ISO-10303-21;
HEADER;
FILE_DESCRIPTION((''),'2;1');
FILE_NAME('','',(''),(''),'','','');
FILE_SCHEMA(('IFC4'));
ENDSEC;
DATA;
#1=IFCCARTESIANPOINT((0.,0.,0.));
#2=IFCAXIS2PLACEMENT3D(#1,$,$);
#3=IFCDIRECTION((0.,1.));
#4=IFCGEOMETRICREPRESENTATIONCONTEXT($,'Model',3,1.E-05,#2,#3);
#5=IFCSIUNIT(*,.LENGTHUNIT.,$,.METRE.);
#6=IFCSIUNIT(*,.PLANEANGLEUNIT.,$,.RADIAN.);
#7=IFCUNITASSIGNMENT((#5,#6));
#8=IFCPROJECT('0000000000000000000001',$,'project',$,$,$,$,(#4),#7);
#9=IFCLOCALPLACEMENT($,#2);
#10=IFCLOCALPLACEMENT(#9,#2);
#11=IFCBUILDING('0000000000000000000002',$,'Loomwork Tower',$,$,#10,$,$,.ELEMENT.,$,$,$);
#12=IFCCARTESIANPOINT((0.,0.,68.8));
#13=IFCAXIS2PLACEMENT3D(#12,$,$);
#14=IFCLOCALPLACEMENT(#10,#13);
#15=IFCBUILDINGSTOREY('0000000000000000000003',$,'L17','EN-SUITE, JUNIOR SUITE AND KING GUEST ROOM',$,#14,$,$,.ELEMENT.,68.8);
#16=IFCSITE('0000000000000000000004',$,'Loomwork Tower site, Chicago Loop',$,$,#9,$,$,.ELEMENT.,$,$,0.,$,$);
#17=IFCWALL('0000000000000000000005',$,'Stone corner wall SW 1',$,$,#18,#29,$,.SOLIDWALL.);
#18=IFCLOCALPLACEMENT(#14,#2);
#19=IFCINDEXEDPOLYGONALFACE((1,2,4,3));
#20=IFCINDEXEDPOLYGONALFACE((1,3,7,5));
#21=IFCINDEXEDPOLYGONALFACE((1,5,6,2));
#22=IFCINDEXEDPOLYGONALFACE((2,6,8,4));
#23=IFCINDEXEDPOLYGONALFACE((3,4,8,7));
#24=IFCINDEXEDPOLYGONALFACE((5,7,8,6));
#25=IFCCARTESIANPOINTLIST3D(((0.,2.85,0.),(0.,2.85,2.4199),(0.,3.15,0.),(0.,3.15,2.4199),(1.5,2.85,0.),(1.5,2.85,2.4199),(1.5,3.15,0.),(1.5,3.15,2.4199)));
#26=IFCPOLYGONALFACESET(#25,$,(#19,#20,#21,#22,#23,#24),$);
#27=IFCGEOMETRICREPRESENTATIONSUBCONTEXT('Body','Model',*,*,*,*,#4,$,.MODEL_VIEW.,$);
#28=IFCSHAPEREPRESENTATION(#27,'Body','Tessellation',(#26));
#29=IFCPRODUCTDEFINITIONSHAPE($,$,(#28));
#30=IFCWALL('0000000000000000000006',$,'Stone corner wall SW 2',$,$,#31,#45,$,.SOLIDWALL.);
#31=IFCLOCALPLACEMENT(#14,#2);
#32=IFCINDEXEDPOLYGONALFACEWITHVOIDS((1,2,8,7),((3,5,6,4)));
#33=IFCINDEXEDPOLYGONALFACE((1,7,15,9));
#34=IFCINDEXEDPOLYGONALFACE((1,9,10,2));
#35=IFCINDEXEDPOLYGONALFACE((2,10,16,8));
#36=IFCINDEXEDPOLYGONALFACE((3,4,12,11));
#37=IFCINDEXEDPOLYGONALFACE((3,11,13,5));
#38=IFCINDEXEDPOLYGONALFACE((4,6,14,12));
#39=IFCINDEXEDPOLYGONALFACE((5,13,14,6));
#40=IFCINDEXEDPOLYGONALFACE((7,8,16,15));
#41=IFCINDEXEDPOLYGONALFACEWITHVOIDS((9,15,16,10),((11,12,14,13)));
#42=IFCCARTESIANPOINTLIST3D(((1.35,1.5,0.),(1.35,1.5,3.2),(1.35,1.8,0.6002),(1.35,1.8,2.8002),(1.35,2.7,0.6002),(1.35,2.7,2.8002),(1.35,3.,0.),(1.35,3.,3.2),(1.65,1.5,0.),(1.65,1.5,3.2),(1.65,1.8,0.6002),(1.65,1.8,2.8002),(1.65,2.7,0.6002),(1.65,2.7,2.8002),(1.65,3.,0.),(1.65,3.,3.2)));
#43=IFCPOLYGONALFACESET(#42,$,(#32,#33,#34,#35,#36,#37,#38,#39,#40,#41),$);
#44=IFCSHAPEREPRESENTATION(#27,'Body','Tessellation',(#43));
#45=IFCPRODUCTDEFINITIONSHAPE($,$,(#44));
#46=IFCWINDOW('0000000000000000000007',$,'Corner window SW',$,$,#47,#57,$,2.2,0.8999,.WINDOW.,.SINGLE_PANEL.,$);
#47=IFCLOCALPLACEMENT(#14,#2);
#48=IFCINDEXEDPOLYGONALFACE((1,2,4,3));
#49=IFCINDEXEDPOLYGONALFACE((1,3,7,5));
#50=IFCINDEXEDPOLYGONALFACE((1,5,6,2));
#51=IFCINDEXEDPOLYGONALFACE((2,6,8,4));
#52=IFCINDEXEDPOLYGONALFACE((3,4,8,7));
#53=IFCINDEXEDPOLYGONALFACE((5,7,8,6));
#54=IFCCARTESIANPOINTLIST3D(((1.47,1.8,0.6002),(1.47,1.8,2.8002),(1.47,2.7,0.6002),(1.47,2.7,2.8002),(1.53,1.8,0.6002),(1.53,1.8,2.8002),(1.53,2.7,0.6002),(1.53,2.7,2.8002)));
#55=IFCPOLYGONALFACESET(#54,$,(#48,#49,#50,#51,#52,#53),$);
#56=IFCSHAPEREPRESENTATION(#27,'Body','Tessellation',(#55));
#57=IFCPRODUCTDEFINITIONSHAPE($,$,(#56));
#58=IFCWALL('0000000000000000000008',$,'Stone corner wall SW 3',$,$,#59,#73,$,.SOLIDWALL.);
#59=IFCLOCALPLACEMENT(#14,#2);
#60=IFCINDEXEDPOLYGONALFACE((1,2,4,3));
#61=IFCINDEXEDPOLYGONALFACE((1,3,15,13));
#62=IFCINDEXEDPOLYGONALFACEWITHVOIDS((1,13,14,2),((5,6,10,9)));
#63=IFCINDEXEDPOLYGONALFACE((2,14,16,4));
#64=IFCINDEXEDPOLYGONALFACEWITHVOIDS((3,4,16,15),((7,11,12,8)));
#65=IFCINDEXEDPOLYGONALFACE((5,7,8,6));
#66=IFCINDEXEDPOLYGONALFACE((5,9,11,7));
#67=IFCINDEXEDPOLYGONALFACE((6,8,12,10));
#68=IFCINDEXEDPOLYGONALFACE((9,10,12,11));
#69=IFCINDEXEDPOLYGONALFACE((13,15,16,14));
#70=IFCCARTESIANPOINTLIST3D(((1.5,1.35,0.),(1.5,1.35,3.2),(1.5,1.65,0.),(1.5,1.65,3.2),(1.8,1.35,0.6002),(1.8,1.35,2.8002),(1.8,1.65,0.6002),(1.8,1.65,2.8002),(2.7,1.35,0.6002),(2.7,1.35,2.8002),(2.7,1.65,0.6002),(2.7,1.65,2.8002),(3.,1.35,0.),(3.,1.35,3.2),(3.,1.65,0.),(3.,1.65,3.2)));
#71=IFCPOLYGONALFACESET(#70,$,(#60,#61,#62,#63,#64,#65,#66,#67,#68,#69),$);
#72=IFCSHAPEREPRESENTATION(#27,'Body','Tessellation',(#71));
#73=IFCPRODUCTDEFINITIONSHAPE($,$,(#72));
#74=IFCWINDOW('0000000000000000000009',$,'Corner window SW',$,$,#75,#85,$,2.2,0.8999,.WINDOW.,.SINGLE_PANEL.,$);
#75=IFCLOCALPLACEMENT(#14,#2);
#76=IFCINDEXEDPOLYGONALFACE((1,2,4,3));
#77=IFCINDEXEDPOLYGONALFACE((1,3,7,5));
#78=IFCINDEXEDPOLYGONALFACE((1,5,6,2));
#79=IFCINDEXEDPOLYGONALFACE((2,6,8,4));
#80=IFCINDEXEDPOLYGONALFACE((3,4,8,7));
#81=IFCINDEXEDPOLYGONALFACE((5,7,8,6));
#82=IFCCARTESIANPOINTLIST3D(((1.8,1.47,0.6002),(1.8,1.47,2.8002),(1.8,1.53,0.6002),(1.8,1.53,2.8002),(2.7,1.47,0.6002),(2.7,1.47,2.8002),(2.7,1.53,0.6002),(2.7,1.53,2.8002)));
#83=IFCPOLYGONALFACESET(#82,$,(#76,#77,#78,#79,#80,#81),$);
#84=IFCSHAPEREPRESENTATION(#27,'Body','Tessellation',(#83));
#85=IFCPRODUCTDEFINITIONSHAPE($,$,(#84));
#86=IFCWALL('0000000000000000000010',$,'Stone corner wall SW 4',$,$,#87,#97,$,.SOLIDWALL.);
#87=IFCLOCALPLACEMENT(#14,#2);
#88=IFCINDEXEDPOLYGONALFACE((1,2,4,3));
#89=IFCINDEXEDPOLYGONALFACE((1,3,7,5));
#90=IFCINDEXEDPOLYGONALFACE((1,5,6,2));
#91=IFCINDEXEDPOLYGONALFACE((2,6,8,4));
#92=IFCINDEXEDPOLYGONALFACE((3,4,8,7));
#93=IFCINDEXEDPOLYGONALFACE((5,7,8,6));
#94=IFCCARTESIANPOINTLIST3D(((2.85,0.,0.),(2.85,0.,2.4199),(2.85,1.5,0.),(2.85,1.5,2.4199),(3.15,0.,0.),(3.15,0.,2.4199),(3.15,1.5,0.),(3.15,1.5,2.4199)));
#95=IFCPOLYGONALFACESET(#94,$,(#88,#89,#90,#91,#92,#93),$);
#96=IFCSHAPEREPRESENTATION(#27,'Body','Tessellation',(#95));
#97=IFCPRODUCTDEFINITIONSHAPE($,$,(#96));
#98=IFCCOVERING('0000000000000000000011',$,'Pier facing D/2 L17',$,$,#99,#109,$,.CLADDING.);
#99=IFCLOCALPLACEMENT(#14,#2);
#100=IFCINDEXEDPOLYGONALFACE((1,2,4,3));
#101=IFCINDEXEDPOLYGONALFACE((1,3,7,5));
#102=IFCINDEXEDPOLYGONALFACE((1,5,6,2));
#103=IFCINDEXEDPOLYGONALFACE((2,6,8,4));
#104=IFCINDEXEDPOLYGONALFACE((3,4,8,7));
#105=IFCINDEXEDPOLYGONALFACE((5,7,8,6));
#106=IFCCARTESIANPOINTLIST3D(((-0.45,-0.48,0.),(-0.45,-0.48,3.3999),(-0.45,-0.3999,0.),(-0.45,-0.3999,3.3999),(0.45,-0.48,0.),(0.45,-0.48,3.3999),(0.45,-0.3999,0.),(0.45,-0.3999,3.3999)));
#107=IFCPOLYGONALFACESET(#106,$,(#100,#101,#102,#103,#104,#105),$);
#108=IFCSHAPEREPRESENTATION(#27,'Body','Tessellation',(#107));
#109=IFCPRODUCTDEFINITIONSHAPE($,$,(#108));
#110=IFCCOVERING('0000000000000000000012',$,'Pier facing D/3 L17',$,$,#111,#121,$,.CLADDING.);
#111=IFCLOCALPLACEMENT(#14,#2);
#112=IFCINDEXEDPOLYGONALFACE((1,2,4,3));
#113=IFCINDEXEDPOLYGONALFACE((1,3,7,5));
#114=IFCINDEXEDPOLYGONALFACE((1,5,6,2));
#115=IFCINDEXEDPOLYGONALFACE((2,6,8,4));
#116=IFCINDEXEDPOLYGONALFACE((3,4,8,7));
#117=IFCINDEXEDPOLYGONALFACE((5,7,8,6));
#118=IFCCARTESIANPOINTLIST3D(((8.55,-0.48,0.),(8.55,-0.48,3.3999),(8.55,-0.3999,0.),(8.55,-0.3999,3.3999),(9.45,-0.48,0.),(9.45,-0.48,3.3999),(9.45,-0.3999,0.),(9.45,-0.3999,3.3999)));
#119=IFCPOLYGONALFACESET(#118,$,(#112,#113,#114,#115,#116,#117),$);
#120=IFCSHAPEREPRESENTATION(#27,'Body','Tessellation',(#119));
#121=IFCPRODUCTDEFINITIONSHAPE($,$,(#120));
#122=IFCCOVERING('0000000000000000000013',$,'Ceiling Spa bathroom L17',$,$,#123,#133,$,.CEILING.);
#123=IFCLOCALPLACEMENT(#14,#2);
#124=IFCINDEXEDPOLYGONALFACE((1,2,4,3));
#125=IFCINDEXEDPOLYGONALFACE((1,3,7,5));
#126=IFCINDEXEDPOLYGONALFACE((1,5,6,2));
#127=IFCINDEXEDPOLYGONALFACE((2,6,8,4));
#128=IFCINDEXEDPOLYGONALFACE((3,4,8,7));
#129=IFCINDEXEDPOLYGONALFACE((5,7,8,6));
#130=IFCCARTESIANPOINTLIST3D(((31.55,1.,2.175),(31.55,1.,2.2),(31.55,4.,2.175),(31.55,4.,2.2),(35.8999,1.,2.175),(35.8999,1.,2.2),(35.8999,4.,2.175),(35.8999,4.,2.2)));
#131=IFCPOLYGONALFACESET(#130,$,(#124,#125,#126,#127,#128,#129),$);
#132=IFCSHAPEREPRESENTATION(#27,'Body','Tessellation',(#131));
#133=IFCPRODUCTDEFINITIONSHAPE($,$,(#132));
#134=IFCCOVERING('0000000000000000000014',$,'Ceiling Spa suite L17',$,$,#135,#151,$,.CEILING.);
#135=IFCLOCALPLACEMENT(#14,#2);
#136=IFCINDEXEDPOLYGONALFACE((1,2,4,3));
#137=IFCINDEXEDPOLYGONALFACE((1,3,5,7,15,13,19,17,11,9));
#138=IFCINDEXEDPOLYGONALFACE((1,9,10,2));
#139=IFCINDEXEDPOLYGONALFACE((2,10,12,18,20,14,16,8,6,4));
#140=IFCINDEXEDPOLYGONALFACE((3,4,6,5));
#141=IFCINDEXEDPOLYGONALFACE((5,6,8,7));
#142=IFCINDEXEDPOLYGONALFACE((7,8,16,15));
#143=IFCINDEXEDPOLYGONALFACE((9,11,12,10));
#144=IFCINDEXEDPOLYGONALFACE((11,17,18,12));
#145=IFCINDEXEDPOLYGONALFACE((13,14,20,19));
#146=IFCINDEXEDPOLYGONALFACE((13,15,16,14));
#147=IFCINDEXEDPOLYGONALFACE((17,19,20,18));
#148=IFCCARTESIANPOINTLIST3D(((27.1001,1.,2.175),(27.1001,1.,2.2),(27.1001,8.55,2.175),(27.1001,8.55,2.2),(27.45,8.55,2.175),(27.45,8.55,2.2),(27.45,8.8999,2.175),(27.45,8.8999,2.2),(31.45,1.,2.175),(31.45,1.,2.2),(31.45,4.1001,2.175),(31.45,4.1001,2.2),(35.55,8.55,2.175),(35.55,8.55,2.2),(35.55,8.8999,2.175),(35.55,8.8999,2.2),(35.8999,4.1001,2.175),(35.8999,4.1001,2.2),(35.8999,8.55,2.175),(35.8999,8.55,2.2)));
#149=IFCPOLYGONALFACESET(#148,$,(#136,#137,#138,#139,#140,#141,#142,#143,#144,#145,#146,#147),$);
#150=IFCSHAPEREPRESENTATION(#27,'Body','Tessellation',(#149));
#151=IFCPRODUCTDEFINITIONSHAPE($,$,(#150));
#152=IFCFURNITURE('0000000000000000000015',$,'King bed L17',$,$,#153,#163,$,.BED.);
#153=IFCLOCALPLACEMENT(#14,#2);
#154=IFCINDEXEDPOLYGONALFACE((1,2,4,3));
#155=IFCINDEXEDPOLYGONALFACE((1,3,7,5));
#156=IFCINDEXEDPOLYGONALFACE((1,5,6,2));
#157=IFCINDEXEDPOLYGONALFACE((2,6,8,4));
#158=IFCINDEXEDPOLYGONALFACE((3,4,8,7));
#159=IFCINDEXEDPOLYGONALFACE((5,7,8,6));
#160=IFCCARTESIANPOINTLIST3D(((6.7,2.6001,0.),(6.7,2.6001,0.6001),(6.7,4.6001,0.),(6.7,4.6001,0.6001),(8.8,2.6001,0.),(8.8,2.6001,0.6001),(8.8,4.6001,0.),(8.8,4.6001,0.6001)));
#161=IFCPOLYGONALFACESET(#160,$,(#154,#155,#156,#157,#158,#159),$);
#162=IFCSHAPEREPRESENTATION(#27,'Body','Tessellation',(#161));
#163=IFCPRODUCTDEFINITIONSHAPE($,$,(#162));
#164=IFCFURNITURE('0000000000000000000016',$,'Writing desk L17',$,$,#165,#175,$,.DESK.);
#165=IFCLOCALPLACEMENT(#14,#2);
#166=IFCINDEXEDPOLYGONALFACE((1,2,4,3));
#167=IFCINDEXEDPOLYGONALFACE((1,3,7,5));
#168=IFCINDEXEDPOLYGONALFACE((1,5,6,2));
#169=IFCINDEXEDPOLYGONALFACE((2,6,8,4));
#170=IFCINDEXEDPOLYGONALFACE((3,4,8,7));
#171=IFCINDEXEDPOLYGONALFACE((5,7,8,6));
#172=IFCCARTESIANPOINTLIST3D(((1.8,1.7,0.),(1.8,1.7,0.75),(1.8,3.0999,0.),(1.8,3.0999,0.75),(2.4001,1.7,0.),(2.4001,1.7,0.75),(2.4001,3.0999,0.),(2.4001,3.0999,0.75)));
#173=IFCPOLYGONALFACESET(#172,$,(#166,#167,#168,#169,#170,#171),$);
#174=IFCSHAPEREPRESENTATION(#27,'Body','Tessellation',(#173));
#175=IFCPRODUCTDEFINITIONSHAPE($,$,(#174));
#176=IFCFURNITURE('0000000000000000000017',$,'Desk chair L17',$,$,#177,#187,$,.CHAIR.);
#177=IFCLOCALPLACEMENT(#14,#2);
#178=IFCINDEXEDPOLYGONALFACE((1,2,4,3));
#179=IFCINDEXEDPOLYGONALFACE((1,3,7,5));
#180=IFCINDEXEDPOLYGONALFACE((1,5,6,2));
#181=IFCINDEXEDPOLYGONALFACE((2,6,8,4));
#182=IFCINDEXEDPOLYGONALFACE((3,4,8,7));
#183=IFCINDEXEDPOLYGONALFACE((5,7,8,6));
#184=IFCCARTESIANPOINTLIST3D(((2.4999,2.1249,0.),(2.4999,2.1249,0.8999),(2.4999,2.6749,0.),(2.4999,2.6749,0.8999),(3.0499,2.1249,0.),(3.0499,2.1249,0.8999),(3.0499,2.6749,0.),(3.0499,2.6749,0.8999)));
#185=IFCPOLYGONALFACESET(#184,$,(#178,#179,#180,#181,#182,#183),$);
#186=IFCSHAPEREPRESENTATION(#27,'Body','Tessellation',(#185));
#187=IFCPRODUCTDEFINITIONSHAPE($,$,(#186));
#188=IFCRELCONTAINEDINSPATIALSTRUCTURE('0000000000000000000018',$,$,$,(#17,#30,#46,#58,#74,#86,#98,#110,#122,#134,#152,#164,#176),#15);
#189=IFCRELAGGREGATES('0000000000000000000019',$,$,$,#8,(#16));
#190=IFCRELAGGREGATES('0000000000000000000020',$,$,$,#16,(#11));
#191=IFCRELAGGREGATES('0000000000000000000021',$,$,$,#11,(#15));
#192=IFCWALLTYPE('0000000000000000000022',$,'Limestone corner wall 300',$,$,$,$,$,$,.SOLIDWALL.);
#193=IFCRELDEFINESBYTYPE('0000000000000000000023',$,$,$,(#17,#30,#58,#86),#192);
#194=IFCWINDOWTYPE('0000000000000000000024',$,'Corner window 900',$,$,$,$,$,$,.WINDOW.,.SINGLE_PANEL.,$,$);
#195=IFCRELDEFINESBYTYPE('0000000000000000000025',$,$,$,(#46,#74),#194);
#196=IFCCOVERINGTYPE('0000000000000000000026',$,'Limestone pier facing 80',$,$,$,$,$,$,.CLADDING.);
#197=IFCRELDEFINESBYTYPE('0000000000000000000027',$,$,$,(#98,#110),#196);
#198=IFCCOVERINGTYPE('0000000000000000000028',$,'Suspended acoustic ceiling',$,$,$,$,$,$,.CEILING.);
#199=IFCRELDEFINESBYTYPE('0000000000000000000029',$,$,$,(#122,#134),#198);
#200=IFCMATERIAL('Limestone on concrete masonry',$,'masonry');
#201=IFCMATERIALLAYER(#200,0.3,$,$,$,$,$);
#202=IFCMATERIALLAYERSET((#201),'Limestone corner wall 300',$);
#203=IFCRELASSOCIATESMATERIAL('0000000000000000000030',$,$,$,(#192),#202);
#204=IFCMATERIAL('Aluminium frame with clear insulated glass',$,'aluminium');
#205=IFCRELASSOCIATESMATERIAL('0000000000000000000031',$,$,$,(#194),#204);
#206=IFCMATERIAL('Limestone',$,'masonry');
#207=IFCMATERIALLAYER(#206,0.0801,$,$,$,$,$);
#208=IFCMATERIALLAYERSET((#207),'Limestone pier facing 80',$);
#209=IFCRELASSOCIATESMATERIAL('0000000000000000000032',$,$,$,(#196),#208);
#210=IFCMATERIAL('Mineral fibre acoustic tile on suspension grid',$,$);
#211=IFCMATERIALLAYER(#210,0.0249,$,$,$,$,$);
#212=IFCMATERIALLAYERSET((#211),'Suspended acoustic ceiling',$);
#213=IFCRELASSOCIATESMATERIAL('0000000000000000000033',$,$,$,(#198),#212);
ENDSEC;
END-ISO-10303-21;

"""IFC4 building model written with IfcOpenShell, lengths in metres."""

from ifc_helpers import new_model, si_unit, direction, frame, frame_2d, origin, origin_2d, place, context, subcontext, project, spatial, polyline, rectangle, outline, extrude, material, layer, layer_set, type_object, element, fill, save


model = new_model("IFC4")

# Units and contexts
model_context = context("Model", 3, precision=1e-05, world=origin(), true_north=direction((0.0, 1.0)))
body_context = subcontext(model_context, "Body", "Model", "MODEL_VIEW")
ifc_project = project(units=[si_unit("LENGTHUNIT", "METRE"), si_unit("PLANEANGLEUNIT", "RADIAN")], contexts=[model_context])

# Site, building, storey
site_placement = place(None, origin())
site = spatial("IfcSite", under=ifc_project, at=site_placement, Name="Loomwork Tower site, Chicago Loop", CompositionType="ELEMENT", RefElevation=0.0)
building_placement = place(site_placement, origin())
building = spatial("IfcBuilding", under=site, at=building_placement, Name="Loomwork Tower", CompositionType="ELEMENT")
storey_placement = place(building_placement, frame((0.0, 0.0, 68.8)))
storey = spatial("IfcBuildingStorey", under=building, at=storey_placement, Name="L17", Description="EN-SUITE, JUNIOR SUITE AND KING GUEST ROOM", CompositionType="ELEMENT", Elevation=68.8)

# Wall
ifc_material_1 = material(Name="Limestone on concrete masonry", Category="masonry")
ifc_layer_1 = layer(ifc_material_1, 0.3)
ifc_layer_set_1 = layer_set([ifc_layer_1], Name="Limestone corner wall 300")
wall_type_1 = type_object("IfcWallType", Name="Limestone corner wall 300", PredefinedType="SOLIDWALL", material=ifc_layer_set_1)
wall_1_placement = place(storey_placement, frame((0.0, 3.0, 0.0), z_axis=(0.0, 0.0, 1.0), x_axis=(1.0, 0.0, 0.0)))
element("IfcWall", 1, at=wall_1_placement, inside=storey, type_object=wall_type_1, Name="Stone corner wall SW 1", PredefinedType="SOLIDWALL", context=body_context, shape_type="SweptSolid", body=[
    extrude(rectangle(XDim=1.5, YDim=0.3, at=frame_2d((0.75, 0.0))), origin(), (0.0, 0.0, 1.0), 2.4199),
])

# Walls, openings, windows
wall_2_placement = place(storey_placement, frame((1.5, 3.0, 0.0), z_axis=(0.0, 0.0, 1.0), x_axis=(0.0, -1.0, 0.0)))
wall_2 = element("IfcWall", 2, at=wall_2_placement, inside=storey, type_object=wall_type_1, Name="Stone corner wall SW 2", PredefinedType="SOLIDWALL", context=body_context, shape_type="SweptSolid", body=[
    extrude(rectangle(XDim=1.5, YDim=0.3, at=frame_2d((0.75, 0.0))), origin(), (0.0, 0.0, 1.0), 3.2),
])
opening_1_placement = place(wall_2_placement, frame((0.3, 0.0, 0.6001)))
opening_1 = element("IfcOpeningElement", 3, at=opening_1_placement, cuts=wall_2, PredefinedType="OPENING", context=body_context, shape_type="SweptSolid", body=[
    extrude(rectangle(XDim=0.8999, YDim=2.2, at=frame_2d((0.45, 1.1001))), frame((0.0, 0.1599, 0.0), z_axis=(0.0, -1.0, 0.0), x_axis=(1.0, 0.0, 0.0)), (0.0, 0.0, 1.0), 0.3201),
])
ifc_material_2 = material(Name="Aluminium frame with clear insulated glass", Category="aluminium")
window_type_1 = type_object("IfcWindowType", Name="Corner window 900", PartitioningType="SINGLE_PANEL", PredefinedType="WINDOW", material=ifc_material_2)
window_1_placement = place(opening_1_placement, origin())
window_1 = element("IfcWindow", 4, at=window_1_placement, inside=storey, type_object=window_type_1, Name="Corner window SW", OverallHeight=2.2, OverallWidth=0.8999, PartitioningType="SINGLE_PANEL", PredefinedType="WINDOW", context=body_context, shape_type="SweptSolid", body=[
    extrude(rectangle(XDim=0.8999, YDim=2.2, at=frame_2d((0.45, 1.1001))), frame((0.0, 0.03, 0.0), z_axis=(0.0, -1.0, 0.0), x_axis=(1.0, 0.0, 0.0)), (0.0, 0.0, 1.0), 0.0601),
])
fill(opening_1, window_1)
wall_3_placement = place(storey_placement, frame((1.5, 1.5, 0.0), z_axis=(0.0, 0.0, 1.0), x_axis=(1.0, 0.0, 0.0)))
wall_3 = element("IfcWall", 5, at=wall_3_placement, inside=storey, type_object=wall_type_1, Name="Stone corner wall SW 3", PredefinedType="SOLIDWALL", context=body_context, shape_type="SweptSolid", body=[
    extrude(rectangle(XDim=1.5, YDim=0.3, at=frame_2d((0.75, 0.0))), origin(), (0.0, 0.0, 1.0), 3.2),
])
opening_2_placement = place(wall_3_placement, frame((0.3, 0.0, 0.6001)))
opening_2 = element("IfcOpeningElement", 6, at=opening_2_placement, cuts=wall_3, PredefinedType="OPENING", context=body_context, shape_type="SweptSolid", body=[
    extrude(rectangle(XDim=0.8999, YDim=2.2, at=frame_2d((0.45, 1.1001))), frame((0.0, 0.1599, 0.0), z_axis=(0.0, -1.0, 0.0), x_axis=(1.0, 0.0, 0.0)), (0.0, 0.0, 1.0), 0.3201),
])
window_2_placement = place(opening_2_placement, origin())
window_2 = element("IfcWindow", 7, at=window_2_placement, inside=storey, type_object=window_type_1, Name="Corner window SW", OverallHeight=2.2, OverallWidth=0.8999, PartitioningType="SINGLE_PANEL", PredefinedType="WINDOW", context=body_context, shape_type="SweptSolid", body=[
    extrude(rectangle(XDim=0.8999, YDim=2.2, at=frame_2d((0.45, 1.1001))), frame((0.0, 0.03, 0.0), z_axis=(0.0, -1.0, 0.0), x_axis=(1.0, 0.0, 0.0)), (0.0, 0.0, 1.0), 0.0601),
])
fill(opening_2, window_2)

# Wall
wall_4_placement = place(storey_placement, frame((3.0, 1.5, 0.0), z_axis=(0.0, 0.0, 1.0), x_axis=(0.0, -1.0, 0.0)))
element("IfcWall", 8, at=wall_4_placement, inside=storey, type_object=wall_type_1, Name="Stone corner wall SW 4", PredefinedType="SOLIDWALL", context=body_context, shape_type="SweptSolid", body=[
    extrude(rectangle(XDim=1.5, YDim=0.3, at=frame_2d((0.75, 0.0))), origin(), (0.0, 0.0, 1.0), 2.4199),
])

# Coverings
ifc_material_3 = material(Name="Limestone", Category="masonry")
ifc_layer_2 = layer(ifc_material_3, 0.0801)
ifc_layer_set_2 = layer_set([ifc_layer_2], Name="Limestone pier facing 80")
covering_type_1 = type_object("IfcCoveringType", Name="Limestone pier facing 80", PredefinedType="CLADDING", material=ifc_layer_set_2)
for number, where, z_axis, x_axis, name in (
    (9, (0.0, -0.4399, 0.0), (0.0, 0.0, 1.0), (1.0, 0.0, 0.0), "Pier facing D/2 L17"),
    (10, (9.0, -0.4399, 0.0), (0.0, 0.0, 1.0), (1.0, 0.0, 0.0), "Pier facing D/3 L17"),
):
    element("IfcCovering", number, at=place(storey_placement, frame(where, z_axis=z_axis, x_axis=x_axis)), inside=storey, type_object=covering_type_1, Name=name, PredefinedType="CLADDING", context=body_context, shape_type="SweptSolid", body=[
        extrude(rectangle(XDim=0.8999, YDim=0.0801, at=origin_2d()), origin(), (0.0, 0.0, 1.0), 3.3999),
    ])
ifc_material_4 = material(Name="Mineral fibre acoustic tile on suspension grid")
ifc_layer_3 = layer(ifc_material_4, 0.0249)
ifc_layer_set_3 = layer_set([ifc_layer_3], Name="Suspended acoustic ceiling")
covering_type_2 = type_object("IfcCoveringType", Name="Suspended acoustic ceiling", PredefinedType="CEILING", material=ifc_layer_set_3)
covering_1_placement = place(storey_placement, frame((0.0, 0.0, 2.175)))
element("IfcCovering", 11, at=covering_1_placement, inside=storey, type_object=covering_type_2, Name="Ceiling Spa bathroom L17", PredefinedType="CEILING", context=body_context, shape_type="SweptSolid", body=[
    extrude(outline(polyline([(35.8999, 4.0), (35.8999, 1.0), (31.55, 1.0), (31.55, 4.0), (35.8999, 4.0)])), origin(), (0.0, 0.0, 1.0), 0.0249),
])
covering_2_placement = place(storey_placement, frame((0.0, 0.0, 2.175)))
element("IfcCovering", 12, at=covering_2_placement, inside=storey, type_object=covering_type_2, Name="Ceiling Spa suite L17", PredefinedType="CEILING", context=body_context, shape_type="SweptSolid", body=[
    extrude(outline(polyline([(35.55, 8.8999), (35.55, 8.55), (35.8999, 8.55), (35.8999, 4.1001), (31.45, 4.1001), (31.45, 1.0), (27.1001, 1.0), (27.1001, 8.55), (27.45, 8.55), (27.45, 8.8999), (35.55, 8.8999)])), origin(), (0.0, 0.0, 1.0), 0.0249),
])

# Furniture
furniture_1_placement = place(storey_placement, frame((7.75, 3.6001, 0.0), z_axis=(0.0, 0.0, 1.0), x_axis=(1.0, 0.0, 0.0)))
element("IfcFurniture", 13, at=furniture_1_placement, inside=storey, Name="King bed L17", PredefinedType="BED", context=body_context, shape_type="SweptSolid", body=[
    extrude(rectangle(XDim=2.1001, YDim=2.0, at=origin_2d()), origin(), (0.0, 0.0, 1.0), 0.6001),
])
furniture_2_placement = place(storey_placement, frame((2.1001, 2.3999, 0.0), z_axis=(0.0, 0.0, 1.0), x_axis=(1.0, 0.0, 0.0)))
element("IfcFurniture", 14, at=furniture_2_placement, inside=storey, Name="Writing desk L17", PredefinedType="DESK", context=body_context, shape_type="SweptSolid", body=[
    extrude(rectangle(XDim=0.6001, YDim=1.3999, at=origin_2d()), origin(), (0.0, 0.0, 1.0), 0.75),
])
furniture_3_placement = place(storey_placement, frame((2.7749, 2.3999, 0.0), z_axis=(0.0, 0.0, 1.0), x_axis=(1.0, 0.0, 0.0)))
element("IfcFurniture", 15, at=furniture_3_placement, inside=storey, Name="Desk chair L17", PredefinedType="CHAIR", context=body_context, shape_type="SweptSolid", body=[
    extrude(rectangle(XDim=0.55, YDim=0.55, at=origin_2d()), origin(), (0.0, 0.0, 1.0), 0.8999),
])

save(model, "model.ifc")
